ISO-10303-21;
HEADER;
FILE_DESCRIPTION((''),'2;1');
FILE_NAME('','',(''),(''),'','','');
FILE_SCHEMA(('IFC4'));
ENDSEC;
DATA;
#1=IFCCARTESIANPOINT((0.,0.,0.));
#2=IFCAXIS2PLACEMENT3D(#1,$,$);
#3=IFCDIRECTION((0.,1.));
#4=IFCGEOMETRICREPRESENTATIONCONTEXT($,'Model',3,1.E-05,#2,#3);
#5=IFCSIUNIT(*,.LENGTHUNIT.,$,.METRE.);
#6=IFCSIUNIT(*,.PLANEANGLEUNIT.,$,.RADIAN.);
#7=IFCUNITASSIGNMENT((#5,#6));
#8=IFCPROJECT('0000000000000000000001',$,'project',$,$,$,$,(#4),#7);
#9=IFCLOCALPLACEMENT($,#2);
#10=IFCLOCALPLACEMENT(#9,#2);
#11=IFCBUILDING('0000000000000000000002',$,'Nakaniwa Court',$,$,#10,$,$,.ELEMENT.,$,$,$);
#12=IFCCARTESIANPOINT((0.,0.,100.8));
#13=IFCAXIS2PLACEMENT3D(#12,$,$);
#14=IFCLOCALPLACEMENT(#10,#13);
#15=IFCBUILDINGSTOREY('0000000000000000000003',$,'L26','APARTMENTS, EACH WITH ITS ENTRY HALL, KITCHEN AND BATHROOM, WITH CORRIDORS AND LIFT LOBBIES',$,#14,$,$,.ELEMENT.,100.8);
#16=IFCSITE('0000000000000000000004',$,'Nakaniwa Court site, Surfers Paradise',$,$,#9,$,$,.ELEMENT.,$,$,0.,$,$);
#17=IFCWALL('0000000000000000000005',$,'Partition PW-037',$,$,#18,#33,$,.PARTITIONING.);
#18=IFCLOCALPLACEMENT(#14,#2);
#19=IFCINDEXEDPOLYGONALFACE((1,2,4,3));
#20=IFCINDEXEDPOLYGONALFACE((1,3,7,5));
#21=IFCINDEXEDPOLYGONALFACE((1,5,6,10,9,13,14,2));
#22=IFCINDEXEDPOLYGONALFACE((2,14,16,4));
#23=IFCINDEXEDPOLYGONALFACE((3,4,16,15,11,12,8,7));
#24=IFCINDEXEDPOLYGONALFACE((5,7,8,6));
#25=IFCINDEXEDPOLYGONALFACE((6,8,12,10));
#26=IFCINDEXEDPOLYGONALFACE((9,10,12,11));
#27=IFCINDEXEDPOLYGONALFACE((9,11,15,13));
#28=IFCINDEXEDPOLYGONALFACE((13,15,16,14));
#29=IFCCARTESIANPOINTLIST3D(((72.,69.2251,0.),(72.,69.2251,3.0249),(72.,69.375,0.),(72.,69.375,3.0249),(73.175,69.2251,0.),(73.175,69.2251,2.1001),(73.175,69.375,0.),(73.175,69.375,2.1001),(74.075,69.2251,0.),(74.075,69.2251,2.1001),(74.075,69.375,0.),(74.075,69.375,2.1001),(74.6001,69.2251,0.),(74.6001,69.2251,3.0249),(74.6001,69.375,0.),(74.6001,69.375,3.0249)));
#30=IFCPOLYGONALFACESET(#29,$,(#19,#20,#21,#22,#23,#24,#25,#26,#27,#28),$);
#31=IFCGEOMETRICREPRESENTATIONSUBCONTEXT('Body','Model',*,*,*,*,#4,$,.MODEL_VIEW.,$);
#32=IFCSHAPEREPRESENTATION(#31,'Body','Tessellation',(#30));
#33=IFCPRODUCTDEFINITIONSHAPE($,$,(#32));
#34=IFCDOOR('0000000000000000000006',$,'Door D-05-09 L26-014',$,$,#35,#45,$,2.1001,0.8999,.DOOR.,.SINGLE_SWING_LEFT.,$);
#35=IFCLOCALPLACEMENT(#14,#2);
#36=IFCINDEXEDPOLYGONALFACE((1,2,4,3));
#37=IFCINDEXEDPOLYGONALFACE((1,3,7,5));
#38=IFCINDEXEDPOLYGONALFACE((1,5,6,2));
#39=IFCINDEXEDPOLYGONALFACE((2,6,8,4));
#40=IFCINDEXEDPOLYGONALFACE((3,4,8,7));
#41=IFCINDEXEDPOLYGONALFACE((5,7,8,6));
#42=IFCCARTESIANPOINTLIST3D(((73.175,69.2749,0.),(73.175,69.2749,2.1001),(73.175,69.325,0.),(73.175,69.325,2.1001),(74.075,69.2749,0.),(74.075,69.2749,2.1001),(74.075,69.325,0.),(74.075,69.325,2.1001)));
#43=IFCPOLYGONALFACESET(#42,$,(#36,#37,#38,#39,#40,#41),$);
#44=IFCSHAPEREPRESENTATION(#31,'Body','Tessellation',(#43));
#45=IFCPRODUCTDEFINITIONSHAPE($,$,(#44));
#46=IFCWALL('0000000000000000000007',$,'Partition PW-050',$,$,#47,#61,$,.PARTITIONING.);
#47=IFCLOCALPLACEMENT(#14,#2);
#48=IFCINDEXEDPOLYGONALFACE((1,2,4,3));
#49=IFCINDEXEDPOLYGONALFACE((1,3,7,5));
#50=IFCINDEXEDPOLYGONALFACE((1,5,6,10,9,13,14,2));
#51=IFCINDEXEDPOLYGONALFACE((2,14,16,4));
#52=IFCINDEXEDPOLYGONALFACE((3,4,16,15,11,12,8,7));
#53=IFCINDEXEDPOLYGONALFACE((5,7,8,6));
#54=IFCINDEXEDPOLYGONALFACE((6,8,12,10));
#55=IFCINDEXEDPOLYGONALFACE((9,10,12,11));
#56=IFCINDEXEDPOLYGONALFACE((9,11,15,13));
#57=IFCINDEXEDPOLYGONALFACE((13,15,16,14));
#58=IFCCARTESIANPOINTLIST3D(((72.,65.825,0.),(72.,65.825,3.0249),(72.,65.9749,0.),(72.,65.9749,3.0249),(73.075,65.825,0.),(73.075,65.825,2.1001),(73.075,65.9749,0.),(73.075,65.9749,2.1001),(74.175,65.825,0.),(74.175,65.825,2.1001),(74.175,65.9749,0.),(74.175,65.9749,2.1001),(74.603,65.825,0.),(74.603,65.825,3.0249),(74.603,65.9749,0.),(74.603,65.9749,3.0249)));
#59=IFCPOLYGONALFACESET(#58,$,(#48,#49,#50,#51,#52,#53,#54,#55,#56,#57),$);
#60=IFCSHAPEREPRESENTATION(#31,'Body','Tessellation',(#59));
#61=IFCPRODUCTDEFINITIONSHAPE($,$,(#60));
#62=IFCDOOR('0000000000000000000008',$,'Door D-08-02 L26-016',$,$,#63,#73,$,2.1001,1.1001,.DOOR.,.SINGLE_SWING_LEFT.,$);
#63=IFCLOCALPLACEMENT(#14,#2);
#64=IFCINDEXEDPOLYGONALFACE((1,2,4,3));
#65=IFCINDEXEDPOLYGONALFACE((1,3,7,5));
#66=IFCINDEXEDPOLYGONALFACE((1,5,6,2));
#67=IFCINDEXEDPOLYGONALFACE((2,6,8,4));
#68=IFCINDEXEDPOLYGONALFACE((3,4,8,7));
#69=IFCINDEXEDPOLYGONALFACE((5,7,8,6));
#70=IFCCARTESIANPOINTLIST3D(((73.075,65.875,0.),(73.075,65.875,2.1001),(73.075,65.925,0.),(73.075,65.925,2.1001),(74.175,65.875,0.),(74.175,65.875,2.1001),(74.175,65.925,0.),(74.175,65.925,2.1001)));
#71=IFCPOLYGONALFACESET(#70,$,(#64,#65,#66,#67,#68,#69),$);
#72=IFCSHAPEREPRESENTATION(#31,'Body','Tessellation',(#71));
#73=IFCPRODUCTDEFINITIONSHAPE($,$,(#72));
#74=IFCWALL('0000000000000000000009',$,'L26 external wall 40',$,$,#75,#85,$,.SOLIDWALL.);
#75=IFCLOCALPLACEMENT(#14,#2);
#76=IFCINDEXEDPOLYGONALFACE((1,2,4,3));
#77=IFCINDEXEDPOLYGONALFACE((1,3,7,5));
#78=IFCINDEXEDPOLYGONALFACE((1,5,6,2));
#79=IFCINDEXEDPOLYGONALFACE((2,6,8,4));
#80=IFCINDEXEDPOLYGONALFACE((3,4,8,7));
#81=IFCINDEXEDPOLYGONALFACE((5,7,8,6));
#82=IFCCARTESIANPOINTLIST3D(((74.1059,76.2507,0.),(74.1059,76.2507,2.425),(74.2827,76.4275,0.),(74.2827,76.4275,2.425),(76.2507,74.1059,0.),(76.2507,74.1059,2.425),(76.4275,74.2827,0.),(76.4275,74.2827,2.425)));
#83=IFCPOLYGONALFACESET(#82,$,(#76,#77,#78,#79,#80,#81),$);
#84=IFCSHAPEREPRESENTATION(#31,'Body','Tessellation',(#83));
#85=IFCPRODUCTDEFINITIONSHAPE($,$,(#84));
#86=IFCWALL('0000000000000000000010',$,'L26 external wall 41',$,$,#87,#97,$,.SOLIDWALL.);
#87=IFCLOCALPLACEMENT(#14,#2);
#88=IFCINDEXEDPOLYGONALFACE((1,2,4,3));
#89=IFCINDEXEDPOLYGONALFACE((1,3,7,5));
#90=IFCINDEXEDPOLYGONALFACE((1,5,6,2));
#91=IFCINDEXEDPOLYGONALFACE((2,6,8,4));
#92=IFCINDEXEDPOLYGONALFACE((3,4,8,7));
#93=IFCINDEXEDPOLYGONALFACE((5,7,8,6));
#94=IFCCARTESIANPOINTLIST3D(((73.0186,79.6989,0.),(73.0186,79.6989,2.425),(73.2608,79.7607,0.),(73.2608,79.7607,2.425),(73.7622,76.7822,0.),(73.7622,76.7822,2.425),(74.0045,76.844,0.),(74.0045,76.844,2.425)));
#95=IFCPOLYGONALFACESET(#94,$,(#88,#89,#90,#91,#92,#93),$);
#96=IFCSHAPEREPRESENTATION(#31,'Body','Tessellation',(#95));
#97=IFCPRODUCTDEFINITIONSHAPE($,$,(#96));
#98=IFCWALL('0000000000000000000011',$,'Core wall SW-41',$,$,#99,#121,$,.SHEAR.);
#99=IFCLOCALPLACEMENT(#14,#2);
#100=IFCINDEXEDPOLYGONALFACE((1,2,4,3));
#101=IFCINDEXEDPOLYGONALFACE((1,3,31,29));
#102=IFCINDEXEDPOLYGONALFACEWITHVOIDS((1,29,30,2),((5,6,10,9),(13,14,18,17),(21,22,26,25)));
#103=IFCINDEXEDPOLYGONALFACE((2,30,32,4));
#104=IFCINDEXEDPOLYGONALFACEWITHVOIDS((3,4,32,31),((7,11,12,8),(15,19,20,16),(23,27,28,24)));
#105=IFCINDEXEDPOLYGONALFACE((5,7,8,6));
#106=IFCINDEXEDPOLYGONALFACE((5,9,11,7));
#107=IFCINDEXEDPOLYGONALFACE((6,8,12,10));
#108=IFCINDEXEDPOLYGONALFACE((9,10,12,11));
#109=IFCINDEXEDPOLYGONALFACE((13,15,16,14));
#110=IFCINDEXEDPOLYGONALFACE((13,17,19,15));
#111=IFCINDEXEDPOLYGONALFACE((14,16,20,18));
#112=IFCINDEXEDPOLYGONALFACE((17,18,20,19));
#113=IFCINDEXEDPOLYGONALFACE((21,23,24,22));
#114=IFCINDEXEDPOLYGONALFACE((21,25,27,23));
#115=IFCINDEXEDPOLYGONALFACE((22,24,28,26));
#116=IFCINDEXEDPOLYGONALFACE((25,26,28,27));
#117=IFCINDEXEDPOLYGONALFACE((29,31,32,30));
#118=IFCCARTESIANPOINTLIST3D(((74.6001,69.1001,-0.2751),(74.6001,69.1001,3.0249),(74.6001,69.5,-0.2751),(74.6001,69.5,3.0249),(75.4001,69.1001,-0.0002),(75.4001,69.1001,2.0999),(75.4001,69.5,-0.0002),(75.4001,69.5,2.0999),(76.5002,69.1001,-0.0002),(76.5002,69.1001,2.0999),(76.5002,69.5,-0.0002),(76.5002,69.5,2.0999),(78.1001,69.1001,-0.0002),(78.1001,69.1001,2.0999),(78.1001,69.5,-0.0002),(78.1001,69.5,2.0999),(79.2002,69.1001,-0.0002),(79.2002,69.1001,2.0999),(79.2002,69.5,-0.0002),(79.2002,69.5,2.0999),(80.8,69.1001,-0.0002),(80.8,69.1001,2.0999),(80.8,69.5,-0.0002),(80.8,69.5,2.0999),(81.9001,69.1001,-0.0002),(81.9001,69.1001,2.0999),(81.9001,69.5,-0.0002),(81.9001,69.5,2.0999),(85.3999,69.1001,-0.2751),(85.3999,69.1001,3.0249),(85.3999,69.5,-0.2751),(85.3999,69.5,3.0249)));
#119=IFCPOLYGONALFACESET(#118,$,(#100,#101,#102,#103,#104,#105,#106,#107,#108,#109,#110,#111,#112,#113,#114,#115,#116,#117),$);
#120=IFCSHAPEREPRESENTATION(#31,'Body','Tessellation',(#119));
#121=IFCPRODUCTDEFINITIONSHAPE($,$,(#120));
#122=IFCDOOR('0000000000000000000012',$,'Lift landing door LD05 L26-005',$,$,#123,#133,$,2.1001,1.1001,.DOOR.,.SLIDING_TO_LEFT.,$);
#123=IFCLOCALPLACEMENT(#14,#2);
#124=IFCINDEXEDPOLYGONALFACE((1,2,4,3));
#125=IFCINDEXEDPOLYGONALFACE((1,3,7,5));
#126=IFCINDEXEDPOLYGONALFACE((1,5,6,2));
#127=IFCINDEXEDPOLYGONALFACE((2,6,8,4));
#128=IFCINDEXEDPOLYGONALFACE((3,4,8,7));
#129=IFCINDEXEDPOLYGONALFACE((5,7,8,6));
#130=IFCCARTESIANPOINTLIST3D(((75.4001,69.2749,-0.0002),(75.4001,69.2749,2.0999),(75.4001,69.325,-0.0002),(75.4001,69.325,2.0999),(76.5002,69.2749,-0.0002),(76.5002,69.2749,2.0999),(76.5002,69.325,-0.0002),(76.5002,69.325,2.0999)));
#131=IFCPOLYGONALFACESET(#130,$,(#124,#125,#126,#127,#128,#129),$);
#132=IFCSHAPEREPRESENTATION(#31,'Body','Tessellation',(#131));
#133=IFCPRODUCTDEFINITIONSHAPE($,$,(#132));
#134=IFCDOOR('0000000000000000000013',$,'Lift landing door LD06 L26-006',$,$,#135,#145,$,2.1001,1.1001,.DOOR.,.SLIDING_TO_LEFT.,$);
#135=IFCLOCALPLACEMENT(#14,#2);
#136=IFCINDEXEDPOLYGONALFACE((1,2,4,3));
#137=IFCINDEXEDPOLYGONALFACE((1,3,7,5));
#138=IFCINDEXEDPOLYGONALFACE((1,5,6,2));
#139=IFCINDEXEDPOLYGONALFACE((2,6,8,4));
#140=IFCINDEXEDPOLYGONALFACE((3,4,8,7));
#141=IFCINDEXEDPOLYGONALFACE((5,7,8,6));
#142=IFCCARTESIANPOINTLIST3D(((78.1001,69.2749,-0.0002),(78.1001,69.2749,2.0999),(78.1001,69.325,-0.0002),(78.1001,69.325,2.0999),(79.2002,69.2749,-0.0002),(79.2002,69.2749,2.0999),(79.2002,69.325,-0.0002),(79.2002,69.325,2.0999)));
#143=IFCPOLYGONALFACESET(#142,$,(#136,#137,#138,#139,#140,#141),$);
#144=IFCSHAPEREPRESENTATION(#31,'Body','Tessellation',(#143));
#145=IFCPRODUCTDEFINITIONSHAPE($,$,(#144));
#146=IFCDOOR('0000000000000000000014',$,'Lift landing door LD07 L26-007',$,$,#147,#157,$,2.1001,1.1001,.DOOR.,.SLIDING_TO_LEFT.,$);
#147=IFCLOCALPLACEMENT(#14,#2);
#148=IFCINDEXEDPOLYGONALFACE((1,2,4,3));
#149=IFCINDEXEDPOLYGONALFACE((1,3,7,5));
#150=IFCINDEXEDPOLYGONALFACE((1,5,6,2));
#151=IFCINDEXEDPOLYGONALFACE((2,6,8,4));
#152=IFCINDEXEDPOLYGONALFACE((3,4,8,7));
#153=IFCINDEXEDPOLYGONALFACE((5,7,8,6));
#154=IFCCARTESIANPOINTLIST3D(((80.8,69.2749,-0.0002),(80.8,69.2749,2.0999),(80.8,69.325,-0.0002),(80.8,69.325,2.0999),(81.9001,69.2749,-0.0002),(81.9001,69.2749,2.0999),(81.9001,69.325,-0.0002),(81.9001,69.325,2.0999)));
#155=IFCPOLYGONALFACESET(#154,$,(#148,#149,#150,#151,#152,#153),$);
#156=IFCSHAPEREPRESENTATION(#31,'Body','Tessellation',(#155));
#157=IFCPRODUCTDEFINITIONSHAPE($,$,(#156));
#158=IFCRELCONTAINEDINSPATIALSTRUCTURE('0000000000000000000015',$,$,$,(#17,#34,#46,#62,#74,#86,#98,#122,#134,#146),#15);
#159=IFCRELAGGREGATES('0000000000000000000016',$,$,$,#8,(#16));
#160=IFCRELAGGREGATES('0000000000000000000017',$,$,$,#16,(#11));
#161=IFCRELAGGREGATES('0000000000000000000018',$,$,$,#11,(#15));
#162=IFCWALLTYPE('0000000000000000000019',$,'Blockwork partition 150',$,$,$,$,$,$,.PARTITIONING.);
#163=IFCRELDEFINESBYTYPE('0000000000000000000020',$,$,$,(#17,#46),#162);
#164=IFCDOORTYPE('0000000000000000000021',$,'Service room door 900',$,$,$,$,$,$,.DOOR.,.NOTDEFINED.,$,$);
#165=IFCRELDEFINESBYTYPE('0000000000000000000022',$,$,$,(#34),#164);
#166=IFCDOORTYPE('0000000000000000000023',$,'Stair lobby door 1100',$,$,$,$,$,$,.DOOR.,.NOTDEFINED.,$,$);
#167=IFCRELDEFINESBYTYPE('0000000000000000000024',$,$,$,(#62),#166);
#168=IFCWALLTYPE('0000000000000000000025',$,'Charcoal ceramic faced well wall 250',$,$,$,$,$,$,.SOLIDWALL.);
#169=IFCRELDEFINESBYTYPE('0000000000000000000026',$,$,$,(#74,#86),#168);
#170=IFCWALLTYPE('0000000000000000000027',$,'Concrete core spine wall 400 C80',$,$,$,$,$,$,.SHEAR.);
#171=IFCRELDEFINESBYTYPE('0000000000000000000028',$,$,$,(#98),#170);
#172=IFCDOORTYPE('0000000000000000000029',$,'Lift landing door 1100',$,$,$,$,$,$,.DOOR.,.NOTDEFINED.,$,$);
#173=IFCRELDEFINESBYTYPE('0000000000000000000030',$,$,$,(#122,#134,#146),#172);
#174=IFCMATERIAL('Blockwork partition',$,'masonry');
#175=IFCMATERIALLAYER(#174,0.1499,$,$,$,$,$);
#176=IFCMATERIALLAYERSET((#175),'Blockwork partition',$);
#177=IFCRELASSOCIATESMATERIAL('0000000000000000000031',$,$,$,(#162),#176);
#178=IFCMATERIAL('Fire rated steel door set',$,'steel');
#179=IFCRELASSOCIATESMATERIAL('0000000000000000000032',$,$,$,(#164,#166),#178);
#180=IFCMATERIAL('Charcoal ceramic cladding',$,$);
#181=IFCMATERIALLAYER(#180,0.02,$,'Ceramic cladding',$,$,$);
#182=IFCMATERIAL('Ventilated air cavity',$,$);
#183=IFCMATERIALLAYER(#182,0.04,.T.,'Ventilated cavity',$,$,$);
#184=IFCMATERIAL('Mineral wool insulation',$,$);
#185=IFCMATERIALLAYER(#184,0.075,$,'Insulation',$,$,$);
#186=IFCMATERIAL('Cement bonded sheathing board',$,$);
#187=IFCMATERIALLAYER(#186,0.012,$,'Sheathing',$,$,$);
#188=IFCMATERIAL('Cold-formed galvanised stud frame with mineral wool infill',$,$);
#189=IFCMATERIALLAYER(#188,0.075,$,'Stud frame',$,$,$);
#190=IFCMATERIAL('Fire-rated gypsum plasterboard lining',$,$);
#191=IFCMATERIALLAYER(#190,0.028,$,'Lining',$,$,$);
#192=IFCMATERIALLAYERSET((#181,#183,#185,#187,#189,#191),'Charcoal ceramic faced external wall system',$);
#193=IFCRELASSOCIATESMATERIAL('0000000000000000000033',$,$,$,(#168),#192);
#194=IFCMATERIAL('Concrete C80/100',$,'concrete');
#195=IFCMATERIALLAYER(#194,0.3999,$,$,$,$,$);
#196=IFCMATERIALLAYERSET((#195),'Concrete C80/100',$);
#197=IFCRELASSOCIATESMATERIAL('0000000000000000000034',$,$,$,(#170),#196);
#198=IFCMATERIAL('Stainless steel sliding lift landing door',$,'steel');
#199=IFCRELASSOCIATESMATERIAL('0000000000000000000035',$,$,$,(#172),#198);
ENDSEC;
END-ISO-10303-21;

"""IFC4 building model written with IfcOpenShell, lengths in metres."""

from ifc_helpers import new_model, si_unit, direction, frame, frame_2d, origin, place, context, subcontext, project, spatial, rectangle, extrude, material, layer, layer_set, type_object, element, fill, save


model = new_model("IFC4")

# Units and contexts
model_context = context("Model", 3, precision=1e-05, world=origin(), true_north=direction((0.0, 1.0)))
body_context = subcontext(model_context, "Body", "Model", "MODEL_VIEW")
ifc_project = project(units=[si_unit("LENGTHUNIT", "METRE"), si_unit("PLANEANGLEUNIT", "RADIAN")], contexts=[model_context])

# Site, building, storey
site_placement = place(None, origin())
site = spatial("IfcSite", under=ifc_project, at=site_placement, Name="Nakaniwa Court site, Surfers Paradise", CompositionType="ELEMENT", RefElevation=0.0)
building_placement = place(site_placement, origin())
building = spatial("IfcBuilding", under=site, at=building_placement, Name="Nakaniwa Court", CompositionType="ELEMENT")
storey_placement = place(building_placement, frame((0.0, 0.0, 100.8)))
storey = spatial("IfcBuildingStorey", under=building, at=storey_placement, Name="L26", Description="APARTMENTS, EACH WITH ITS ENTRY HALL, KITCHEN AND BATHROOM, WITH CORRIDORS AND LIFT LOBBIES", CompositionType="ELEMENT", Elevation=100.8)

# Shared definitions
ifc_material_1 = material(Name="Concrete C80/100", Category="concrete")

# Walls, openings, doors
ifc_material_2 = material(Name="Blockwork partition", Category="masonry")
ifc_layer_1 = layer(ifc_material_2, 0.1499)
ifc_layer_set_1 = layer_set([ifc_layer_1], Name="Blockwork partition")
wall_type_1 = type_object("IfcWallType", Name="Blockwork partition 150", PredefinedType="PARTITIONING", material=ifc_layer_set_1)
wall_1_placement = place(storey_placement, frame((72.0, 69.3, 0.0), z_axis=(0.0, 0.0, 1.0), x_axis=(1.0, 0.0, 0.0)))
wall_1 = element("IfcWall", 1, at=wall_1_placement, inside=storey, type_object=wall_type_1, Name="Partition PW-037", PredefinedType="PARTITIONING", context=body_context, shape_type="SweptSolid", body=[
    extrude(rectangle(XDim=2.6001, YDim=0.1499, at=frame_2d((1.3, 0.0))), origin(), (0.0, 0.0, 1.0), 3.0249),
])
opening_1_placement = place(wall_1_placement, frame((1.175, 0.0, 0.0)))
opening_1 = element("IfcOpeningElement", 2, at=opening_1_placement, cuts=wall_1, PredefinedType="OPENING", context=body_context, shape_type="SweptSolid", body=[
    extrude(rectangle(XDim=0.8999, YDim=2.1001, at=frame_2d((0.45, 1.05))), frame((0.0, 0.085, 0.0), z_axis=(0.0, -1.0, 0.0), x_axis=(1.0, 0.0, 0.0)), (0.0, 0.0, 1.0), 0.1699),
])
ifc_material_3 = material(Name="Fire rated steel door set", Category="steel")
door_type_1 = type_object("IfcDoorType", Name="Service room door 900", OperationType="NOTDEFINED", PredefinedType="DOOR", material=ifc_material_3)
door_1_placement = place(opening_1_placement, origin())
door_1 = element("IfcDoor", 3, at=door_1_placement, inside=storey, type_object=door_type_1, Name="Door D-05-09 L26-014", OperationType="SINGLE_SWING_LEFT", OverallHeight=2.1001, OverallWidth=0.8999, PredefinedType="DOOR", context=body_context, shape_type="SweptSolid", body=[
    extrude(rectangle(XDim=0.8999, YDim=2.1001, at=frame_2d((0.45, 1.05))), frame((0.0, 0.0249, 0.0), z_axis=(0.0, -1.0, 0.0), x_axis=(1.0, 0.0, 0.0)), (0.0, 0.0, 1.0), 0.05),
])
fill(opening_1, door_1)
wall_2_placement = place(storey_placement, frame((74.603, 65.8999, 0.0), z_axis=(0.0, 0.0, 1.0), x_axis=(-1.0, 0.0, 0.0)))
wall_2 = element("IfcWall", 4, at=wall_2_placement, inside=storey, type_object=wall_type_1, Name="Partition PW-050", PredefinedType="PARTITIONING", context=body_context, shape_type="SweptSolid", body=[
    extrude(rectangle(XDim=2.603, YDim=0.1499, at=frame_2d((1.3015, 0.0))), origin(), (0.0, 0.0, 1.0), 3.0249),
])
opening_2_placement = place(wall_2_placement, frame((0.428, 0.0, 0.0)))
opening_2 = element("IfcOpeningElement", 5, at=opening_2_placement, cuts=wall_2, PredefinedType="OPENING", context=body_context, shape_type="SweptSolid", body=[
    extrude(rectangle(XDim=1.1001, YDim=2.1001, at=frame_2d((0.55, 1.05))), frame((0.0, 0.085, 0.0), z_axis=(0.0, -1.0, 0.0), x_axis=(1.0, 0.0, 0.0)), (0.0, 0.0, 1.0), 0.1699),
])
door_type_2 = type_object("IfcDoorType", Name="Stair lobby door 1100", OperationType="NOTDEFINED", PredefinedType="DOOR", material=ifc_material_3)
door_2_placement = place(opening_2_placement, origin())
door_2 = element("IfcDoor", 6, at=door_2_placement, inside=storey, type_object=door_type_2, Name="Door D-08-02 L26-016", OperationType="SINGLE_SWING_LEFT", OverallHeight=2.1001, OverallWidth=1.1001, PredefinedType="DOOR", context=body_context, shape_type="SweptSolid", body=[
    extrude(rectangle(XDim=1.1001, YDim=2.1001, at=frame_2d((0.55, 1.05))), frame((0.0, 0.0249, 0.0), z_axis=(0.0, -1.0, 0.0), x_axis=(1.0, 0.0, 0.0)), (0.0, 0.0, 1.0), 0.05),
])
fill(opening_2, door_2)

# Walls
ifc_material_4 = material(Name="Charcoal ceramic cladding")
ifc_layer_2 = layer(ifc_material_4, 0.02, Name="Ceramic cladding")
ifc_material_5 = material(Name="Ventilated air cavity")
ifc_layer_3 = layer(ifc_material_5, 0.04, ventilated=True, Name="Ventilated cavity")
ifc_material_6 = material(Name="Mineral wool insulation")
ifc_layer_4 = layer(ifc_material_6, 0.075, Name="Insulation")
ifc_material_7 = material(Name="Cement bonded sheathing board")
ifc_layer_5 = layer(ifc_material_7, 0.012, Name="Sheathing")
ifc_material_8 = material(Name="Cold-formed galvanised stud frame with mineral wool infill")
ifc_layer_6 = layer(ifc_material_8, 0.075, Name="Stud frame")
ifc_material_9 = material(Name="Fire-rated gypsum plasterboard lining")
ifc_layer_7 = layer(ifc_material_9, 0.028, Name="Lining")
ifc_layer_set_2 = layer_set([ifc_layer_2, ifc_layer_3, ifc_layer_4, ifc_layer_5, ifc_layer_6, ifc_layer_7], Name="Charcoal ceramic faced external wall system")
wall_type_2 = type_object("IfcWallType", Name="Charcoal ceramic faced well wall 250", PredefinedType="SOLIDWALL", material=ifc_layer_set_2)
wall_3_placement = place(storey_placement, frame((76.3391, 74.1943, 0.0), z_axis=(0.0, 0.0, 1.0), x_axis=(-0.707107, 0.707107, 0.0)))
element("IfcWall", 7, at=wall_3_placement, inside=storey, type_object=wall_type_2, Name="L26 external wall 40", PredefinedType="SOLIDWALL", context=body_context, shape_type="SweptSolid", body=[
    extrude(rectangle(XDim=3.0332, YDim=0.25, at=frame_2d((1.5166, 0.0))), origin(), (0.0, 0.0, 1.0), 2.425),
])
wall_4_placement = place(storey_placement, frame((73.8833, 76.8132, 0.0), z_axis=(0.0, 0.0, 1.0), x_axis=(-0.247056, 0.969001, 0.0)))
element("IfcWall", 8, at=wall_4_placement, inside=storey, type_object=wall_type_2, Name="L26 external wall 41", PredefinedType="SOLIDWALL", context=body_context, shape_type="SweptSolid", body=[
    extrude(rectangle(XDim=3.01, YDim=0.25, at=frame_2d((1.5049, 0.0))), origin(), (0.0, 0.0, 1.0), 2.425),
])

# Wall, openings, doors
ifc_layer_8 = layer(ifc_material_1, 0.3999)
ifc_layer_set_3 = layer_set([ifc_layer_8], Name="Concrete C80/100")
wall_type_3 = type_object("IfcWallType", Name="Concrete core spine wall 400 C80", PredefinedType="SHEAR", material=ifc_layer_set_3)
wall_5_placement = place(storey_placement, frame((74.6001, 69.3, -0.2751), z_axis=(0.0, 0.0, 1.0), x_axis=(1.0, 0.0, 0.0)))
wall_5 = element("IfcWall", 9, at=wall_5_placement, inside=storey, type_object=wall_type_3, Name="Core wall SW-41", PredefinedType="SHEAR", context=body_context, shape_type="SweptSolid", body=[
    extrude(rectangle(XDim=10.7998, YDim=0.3999, at=frame_2d((5.3999, 0.0))), origin(), (0.0, 0.0, 1.0), 3.3),
])
opening_3_placement = place(wall_5_placement, frame((0.8, 0.0, 0.2749)))
opening_3 = element("IfcOpeningElement", 10, at=opening_3_placement, cuts=wall_5, PredefinedType="OPENING", context=body_context, shape_type="SweptSolid", body=[
    extrude(rectangle(XDim=1.1001, YDim=2.1001, at=frame_2d((0.55, 1.05))), frame((0.0, 0.21, 0.0), z_axis=(0.0, -1.0, 0.0), x_axis=(1.0, 0.0, 0.0)), (0.0, 0.0, 1.0), 0.4199),
])
opening_4_placement = place(wall_5_placement, frame((3.5, 0.0, 0.2749)))
opening_4 = element("IfcOpeningElement", 11, at=opening_4_placement, cuts=wall_5, PredefinedType="OPENING", context=body_context, shape_type="SweptSolid", body=[
    extrude(rectangle(XDim=1.1001, YDim=2.1001, at=frame_2d((0.55, 1.05))), frame((0.0, 0.21, 0.0), z_axis=(0.0, -1.0, 0.0), x_axis=(1.0, 0.0, 0.0)), (0.0, 0.0, 1.0), 0.4199),
])
opening_5_placement = place(wall_5_placement, frame((6.2, 0.0, 0.2749)))
opening_5 = element("IfcOpeningElement", 12, at=opening_5_placement, cuts=wall_5, PredefinedType="OPENING", context=body_context, shape_type="SweptSolid", body=[
    extrude(rectangle(XDim=1.1001, YDim=2.1001, at=frame_2d((0.55, 1.05))), frame((0.0, 0.21, 0.0), z_axis=(0.0, -1.0, 0.0), x_axis=(1.0, 0.0, 0.0)), (0.0, 0.0, 1.0), 0.4199),
])
ifc_material_10 = material(Name="Stainless steel sliding lift landing door", Category="steel")
door_type_3 = type_object("IfcDoorType", Name="Lift landing door 1100", OperationType="NOTDEFINED", PredefinedType="DOOR", material=ifc_material_10)
door_3_placement = place(opening_3_placement, origin())
door_3 = element("IfcDoor", 13, at=door_3_placement, inside=storey, type_object=door_type_3, Name="Lift landing door LD05 L26-005", OperationType="SLIDING_TO_LEFT", OverallHeight=2.1001, OverallWidth=1.1001, PredefinedType="DOOR", context=body_context, shape_type="SweptSolid", body=[
    extrude(rectangle(XDim=1.1001, YDim=2.1001, at=frame_2d((0.55, 1.05))), frame((0.0, 0.0249, 0.0), z_axis=(0.0, -1.0, 0.0), x_axis=(1.0, 0.0, 0.0)), (0.0, 0.0, 1.0), 0.05),
])
fill(opening_3, door_3)
door_4_placement = place(opening_4_placement, origin())
door_4 = element("IfcDoor", 14, at=door_4_placement, inside=storey, type_object=door_type_3, Name="Lift landing door LD06 L26-006", OperationType="SLIDING_TO_LEFT", OverallHeight=2.1001, OverallWidth=1.1001, PredefinedType="DOOR", context=body_context, shape_type="SweptSolid", body=[
    extrude(rectangle(XDim=1.1001, YDim=2.1001, at=frame_2d((0.55, 1.05))), frame((0.0, 0.0249, 0.0), z_axis=(0.0, -1.0, 0.0), x_axis=(1.0, 0.0, 0.0)), (0.0, 0.0, 1.0), 0.05),
])
fill(opening_4, door_4)
door_5_placement = place(opening_5_placement, origin())
door_5 = element("IfcDoor", 15, at=door_5_placement, inside=storey, type_object=door_type_3, Name="Lift landing door LD07 L26-007", OperationType="SLIDING_TO_LEFT", OverallHeight=2.1001, OverallWidth=1.1001, PredefinedType="DOOR", context=body_context, shape_type="SweptSolid", body=[
    extrude(rectangle(XDim=1.1001, YDim=2.1001, at=frame_2d((0.55, 1.05))), frame((0.0, 0.0249, 0.0), z_axis=(0.0, -1.0, 0.0), x_axis=(1.0, 0.0, 0.0)), (0.0, 0.0, 1.0), 0.05),
])
fill(opening_5, door_5)

save(model, "model.ifc")
